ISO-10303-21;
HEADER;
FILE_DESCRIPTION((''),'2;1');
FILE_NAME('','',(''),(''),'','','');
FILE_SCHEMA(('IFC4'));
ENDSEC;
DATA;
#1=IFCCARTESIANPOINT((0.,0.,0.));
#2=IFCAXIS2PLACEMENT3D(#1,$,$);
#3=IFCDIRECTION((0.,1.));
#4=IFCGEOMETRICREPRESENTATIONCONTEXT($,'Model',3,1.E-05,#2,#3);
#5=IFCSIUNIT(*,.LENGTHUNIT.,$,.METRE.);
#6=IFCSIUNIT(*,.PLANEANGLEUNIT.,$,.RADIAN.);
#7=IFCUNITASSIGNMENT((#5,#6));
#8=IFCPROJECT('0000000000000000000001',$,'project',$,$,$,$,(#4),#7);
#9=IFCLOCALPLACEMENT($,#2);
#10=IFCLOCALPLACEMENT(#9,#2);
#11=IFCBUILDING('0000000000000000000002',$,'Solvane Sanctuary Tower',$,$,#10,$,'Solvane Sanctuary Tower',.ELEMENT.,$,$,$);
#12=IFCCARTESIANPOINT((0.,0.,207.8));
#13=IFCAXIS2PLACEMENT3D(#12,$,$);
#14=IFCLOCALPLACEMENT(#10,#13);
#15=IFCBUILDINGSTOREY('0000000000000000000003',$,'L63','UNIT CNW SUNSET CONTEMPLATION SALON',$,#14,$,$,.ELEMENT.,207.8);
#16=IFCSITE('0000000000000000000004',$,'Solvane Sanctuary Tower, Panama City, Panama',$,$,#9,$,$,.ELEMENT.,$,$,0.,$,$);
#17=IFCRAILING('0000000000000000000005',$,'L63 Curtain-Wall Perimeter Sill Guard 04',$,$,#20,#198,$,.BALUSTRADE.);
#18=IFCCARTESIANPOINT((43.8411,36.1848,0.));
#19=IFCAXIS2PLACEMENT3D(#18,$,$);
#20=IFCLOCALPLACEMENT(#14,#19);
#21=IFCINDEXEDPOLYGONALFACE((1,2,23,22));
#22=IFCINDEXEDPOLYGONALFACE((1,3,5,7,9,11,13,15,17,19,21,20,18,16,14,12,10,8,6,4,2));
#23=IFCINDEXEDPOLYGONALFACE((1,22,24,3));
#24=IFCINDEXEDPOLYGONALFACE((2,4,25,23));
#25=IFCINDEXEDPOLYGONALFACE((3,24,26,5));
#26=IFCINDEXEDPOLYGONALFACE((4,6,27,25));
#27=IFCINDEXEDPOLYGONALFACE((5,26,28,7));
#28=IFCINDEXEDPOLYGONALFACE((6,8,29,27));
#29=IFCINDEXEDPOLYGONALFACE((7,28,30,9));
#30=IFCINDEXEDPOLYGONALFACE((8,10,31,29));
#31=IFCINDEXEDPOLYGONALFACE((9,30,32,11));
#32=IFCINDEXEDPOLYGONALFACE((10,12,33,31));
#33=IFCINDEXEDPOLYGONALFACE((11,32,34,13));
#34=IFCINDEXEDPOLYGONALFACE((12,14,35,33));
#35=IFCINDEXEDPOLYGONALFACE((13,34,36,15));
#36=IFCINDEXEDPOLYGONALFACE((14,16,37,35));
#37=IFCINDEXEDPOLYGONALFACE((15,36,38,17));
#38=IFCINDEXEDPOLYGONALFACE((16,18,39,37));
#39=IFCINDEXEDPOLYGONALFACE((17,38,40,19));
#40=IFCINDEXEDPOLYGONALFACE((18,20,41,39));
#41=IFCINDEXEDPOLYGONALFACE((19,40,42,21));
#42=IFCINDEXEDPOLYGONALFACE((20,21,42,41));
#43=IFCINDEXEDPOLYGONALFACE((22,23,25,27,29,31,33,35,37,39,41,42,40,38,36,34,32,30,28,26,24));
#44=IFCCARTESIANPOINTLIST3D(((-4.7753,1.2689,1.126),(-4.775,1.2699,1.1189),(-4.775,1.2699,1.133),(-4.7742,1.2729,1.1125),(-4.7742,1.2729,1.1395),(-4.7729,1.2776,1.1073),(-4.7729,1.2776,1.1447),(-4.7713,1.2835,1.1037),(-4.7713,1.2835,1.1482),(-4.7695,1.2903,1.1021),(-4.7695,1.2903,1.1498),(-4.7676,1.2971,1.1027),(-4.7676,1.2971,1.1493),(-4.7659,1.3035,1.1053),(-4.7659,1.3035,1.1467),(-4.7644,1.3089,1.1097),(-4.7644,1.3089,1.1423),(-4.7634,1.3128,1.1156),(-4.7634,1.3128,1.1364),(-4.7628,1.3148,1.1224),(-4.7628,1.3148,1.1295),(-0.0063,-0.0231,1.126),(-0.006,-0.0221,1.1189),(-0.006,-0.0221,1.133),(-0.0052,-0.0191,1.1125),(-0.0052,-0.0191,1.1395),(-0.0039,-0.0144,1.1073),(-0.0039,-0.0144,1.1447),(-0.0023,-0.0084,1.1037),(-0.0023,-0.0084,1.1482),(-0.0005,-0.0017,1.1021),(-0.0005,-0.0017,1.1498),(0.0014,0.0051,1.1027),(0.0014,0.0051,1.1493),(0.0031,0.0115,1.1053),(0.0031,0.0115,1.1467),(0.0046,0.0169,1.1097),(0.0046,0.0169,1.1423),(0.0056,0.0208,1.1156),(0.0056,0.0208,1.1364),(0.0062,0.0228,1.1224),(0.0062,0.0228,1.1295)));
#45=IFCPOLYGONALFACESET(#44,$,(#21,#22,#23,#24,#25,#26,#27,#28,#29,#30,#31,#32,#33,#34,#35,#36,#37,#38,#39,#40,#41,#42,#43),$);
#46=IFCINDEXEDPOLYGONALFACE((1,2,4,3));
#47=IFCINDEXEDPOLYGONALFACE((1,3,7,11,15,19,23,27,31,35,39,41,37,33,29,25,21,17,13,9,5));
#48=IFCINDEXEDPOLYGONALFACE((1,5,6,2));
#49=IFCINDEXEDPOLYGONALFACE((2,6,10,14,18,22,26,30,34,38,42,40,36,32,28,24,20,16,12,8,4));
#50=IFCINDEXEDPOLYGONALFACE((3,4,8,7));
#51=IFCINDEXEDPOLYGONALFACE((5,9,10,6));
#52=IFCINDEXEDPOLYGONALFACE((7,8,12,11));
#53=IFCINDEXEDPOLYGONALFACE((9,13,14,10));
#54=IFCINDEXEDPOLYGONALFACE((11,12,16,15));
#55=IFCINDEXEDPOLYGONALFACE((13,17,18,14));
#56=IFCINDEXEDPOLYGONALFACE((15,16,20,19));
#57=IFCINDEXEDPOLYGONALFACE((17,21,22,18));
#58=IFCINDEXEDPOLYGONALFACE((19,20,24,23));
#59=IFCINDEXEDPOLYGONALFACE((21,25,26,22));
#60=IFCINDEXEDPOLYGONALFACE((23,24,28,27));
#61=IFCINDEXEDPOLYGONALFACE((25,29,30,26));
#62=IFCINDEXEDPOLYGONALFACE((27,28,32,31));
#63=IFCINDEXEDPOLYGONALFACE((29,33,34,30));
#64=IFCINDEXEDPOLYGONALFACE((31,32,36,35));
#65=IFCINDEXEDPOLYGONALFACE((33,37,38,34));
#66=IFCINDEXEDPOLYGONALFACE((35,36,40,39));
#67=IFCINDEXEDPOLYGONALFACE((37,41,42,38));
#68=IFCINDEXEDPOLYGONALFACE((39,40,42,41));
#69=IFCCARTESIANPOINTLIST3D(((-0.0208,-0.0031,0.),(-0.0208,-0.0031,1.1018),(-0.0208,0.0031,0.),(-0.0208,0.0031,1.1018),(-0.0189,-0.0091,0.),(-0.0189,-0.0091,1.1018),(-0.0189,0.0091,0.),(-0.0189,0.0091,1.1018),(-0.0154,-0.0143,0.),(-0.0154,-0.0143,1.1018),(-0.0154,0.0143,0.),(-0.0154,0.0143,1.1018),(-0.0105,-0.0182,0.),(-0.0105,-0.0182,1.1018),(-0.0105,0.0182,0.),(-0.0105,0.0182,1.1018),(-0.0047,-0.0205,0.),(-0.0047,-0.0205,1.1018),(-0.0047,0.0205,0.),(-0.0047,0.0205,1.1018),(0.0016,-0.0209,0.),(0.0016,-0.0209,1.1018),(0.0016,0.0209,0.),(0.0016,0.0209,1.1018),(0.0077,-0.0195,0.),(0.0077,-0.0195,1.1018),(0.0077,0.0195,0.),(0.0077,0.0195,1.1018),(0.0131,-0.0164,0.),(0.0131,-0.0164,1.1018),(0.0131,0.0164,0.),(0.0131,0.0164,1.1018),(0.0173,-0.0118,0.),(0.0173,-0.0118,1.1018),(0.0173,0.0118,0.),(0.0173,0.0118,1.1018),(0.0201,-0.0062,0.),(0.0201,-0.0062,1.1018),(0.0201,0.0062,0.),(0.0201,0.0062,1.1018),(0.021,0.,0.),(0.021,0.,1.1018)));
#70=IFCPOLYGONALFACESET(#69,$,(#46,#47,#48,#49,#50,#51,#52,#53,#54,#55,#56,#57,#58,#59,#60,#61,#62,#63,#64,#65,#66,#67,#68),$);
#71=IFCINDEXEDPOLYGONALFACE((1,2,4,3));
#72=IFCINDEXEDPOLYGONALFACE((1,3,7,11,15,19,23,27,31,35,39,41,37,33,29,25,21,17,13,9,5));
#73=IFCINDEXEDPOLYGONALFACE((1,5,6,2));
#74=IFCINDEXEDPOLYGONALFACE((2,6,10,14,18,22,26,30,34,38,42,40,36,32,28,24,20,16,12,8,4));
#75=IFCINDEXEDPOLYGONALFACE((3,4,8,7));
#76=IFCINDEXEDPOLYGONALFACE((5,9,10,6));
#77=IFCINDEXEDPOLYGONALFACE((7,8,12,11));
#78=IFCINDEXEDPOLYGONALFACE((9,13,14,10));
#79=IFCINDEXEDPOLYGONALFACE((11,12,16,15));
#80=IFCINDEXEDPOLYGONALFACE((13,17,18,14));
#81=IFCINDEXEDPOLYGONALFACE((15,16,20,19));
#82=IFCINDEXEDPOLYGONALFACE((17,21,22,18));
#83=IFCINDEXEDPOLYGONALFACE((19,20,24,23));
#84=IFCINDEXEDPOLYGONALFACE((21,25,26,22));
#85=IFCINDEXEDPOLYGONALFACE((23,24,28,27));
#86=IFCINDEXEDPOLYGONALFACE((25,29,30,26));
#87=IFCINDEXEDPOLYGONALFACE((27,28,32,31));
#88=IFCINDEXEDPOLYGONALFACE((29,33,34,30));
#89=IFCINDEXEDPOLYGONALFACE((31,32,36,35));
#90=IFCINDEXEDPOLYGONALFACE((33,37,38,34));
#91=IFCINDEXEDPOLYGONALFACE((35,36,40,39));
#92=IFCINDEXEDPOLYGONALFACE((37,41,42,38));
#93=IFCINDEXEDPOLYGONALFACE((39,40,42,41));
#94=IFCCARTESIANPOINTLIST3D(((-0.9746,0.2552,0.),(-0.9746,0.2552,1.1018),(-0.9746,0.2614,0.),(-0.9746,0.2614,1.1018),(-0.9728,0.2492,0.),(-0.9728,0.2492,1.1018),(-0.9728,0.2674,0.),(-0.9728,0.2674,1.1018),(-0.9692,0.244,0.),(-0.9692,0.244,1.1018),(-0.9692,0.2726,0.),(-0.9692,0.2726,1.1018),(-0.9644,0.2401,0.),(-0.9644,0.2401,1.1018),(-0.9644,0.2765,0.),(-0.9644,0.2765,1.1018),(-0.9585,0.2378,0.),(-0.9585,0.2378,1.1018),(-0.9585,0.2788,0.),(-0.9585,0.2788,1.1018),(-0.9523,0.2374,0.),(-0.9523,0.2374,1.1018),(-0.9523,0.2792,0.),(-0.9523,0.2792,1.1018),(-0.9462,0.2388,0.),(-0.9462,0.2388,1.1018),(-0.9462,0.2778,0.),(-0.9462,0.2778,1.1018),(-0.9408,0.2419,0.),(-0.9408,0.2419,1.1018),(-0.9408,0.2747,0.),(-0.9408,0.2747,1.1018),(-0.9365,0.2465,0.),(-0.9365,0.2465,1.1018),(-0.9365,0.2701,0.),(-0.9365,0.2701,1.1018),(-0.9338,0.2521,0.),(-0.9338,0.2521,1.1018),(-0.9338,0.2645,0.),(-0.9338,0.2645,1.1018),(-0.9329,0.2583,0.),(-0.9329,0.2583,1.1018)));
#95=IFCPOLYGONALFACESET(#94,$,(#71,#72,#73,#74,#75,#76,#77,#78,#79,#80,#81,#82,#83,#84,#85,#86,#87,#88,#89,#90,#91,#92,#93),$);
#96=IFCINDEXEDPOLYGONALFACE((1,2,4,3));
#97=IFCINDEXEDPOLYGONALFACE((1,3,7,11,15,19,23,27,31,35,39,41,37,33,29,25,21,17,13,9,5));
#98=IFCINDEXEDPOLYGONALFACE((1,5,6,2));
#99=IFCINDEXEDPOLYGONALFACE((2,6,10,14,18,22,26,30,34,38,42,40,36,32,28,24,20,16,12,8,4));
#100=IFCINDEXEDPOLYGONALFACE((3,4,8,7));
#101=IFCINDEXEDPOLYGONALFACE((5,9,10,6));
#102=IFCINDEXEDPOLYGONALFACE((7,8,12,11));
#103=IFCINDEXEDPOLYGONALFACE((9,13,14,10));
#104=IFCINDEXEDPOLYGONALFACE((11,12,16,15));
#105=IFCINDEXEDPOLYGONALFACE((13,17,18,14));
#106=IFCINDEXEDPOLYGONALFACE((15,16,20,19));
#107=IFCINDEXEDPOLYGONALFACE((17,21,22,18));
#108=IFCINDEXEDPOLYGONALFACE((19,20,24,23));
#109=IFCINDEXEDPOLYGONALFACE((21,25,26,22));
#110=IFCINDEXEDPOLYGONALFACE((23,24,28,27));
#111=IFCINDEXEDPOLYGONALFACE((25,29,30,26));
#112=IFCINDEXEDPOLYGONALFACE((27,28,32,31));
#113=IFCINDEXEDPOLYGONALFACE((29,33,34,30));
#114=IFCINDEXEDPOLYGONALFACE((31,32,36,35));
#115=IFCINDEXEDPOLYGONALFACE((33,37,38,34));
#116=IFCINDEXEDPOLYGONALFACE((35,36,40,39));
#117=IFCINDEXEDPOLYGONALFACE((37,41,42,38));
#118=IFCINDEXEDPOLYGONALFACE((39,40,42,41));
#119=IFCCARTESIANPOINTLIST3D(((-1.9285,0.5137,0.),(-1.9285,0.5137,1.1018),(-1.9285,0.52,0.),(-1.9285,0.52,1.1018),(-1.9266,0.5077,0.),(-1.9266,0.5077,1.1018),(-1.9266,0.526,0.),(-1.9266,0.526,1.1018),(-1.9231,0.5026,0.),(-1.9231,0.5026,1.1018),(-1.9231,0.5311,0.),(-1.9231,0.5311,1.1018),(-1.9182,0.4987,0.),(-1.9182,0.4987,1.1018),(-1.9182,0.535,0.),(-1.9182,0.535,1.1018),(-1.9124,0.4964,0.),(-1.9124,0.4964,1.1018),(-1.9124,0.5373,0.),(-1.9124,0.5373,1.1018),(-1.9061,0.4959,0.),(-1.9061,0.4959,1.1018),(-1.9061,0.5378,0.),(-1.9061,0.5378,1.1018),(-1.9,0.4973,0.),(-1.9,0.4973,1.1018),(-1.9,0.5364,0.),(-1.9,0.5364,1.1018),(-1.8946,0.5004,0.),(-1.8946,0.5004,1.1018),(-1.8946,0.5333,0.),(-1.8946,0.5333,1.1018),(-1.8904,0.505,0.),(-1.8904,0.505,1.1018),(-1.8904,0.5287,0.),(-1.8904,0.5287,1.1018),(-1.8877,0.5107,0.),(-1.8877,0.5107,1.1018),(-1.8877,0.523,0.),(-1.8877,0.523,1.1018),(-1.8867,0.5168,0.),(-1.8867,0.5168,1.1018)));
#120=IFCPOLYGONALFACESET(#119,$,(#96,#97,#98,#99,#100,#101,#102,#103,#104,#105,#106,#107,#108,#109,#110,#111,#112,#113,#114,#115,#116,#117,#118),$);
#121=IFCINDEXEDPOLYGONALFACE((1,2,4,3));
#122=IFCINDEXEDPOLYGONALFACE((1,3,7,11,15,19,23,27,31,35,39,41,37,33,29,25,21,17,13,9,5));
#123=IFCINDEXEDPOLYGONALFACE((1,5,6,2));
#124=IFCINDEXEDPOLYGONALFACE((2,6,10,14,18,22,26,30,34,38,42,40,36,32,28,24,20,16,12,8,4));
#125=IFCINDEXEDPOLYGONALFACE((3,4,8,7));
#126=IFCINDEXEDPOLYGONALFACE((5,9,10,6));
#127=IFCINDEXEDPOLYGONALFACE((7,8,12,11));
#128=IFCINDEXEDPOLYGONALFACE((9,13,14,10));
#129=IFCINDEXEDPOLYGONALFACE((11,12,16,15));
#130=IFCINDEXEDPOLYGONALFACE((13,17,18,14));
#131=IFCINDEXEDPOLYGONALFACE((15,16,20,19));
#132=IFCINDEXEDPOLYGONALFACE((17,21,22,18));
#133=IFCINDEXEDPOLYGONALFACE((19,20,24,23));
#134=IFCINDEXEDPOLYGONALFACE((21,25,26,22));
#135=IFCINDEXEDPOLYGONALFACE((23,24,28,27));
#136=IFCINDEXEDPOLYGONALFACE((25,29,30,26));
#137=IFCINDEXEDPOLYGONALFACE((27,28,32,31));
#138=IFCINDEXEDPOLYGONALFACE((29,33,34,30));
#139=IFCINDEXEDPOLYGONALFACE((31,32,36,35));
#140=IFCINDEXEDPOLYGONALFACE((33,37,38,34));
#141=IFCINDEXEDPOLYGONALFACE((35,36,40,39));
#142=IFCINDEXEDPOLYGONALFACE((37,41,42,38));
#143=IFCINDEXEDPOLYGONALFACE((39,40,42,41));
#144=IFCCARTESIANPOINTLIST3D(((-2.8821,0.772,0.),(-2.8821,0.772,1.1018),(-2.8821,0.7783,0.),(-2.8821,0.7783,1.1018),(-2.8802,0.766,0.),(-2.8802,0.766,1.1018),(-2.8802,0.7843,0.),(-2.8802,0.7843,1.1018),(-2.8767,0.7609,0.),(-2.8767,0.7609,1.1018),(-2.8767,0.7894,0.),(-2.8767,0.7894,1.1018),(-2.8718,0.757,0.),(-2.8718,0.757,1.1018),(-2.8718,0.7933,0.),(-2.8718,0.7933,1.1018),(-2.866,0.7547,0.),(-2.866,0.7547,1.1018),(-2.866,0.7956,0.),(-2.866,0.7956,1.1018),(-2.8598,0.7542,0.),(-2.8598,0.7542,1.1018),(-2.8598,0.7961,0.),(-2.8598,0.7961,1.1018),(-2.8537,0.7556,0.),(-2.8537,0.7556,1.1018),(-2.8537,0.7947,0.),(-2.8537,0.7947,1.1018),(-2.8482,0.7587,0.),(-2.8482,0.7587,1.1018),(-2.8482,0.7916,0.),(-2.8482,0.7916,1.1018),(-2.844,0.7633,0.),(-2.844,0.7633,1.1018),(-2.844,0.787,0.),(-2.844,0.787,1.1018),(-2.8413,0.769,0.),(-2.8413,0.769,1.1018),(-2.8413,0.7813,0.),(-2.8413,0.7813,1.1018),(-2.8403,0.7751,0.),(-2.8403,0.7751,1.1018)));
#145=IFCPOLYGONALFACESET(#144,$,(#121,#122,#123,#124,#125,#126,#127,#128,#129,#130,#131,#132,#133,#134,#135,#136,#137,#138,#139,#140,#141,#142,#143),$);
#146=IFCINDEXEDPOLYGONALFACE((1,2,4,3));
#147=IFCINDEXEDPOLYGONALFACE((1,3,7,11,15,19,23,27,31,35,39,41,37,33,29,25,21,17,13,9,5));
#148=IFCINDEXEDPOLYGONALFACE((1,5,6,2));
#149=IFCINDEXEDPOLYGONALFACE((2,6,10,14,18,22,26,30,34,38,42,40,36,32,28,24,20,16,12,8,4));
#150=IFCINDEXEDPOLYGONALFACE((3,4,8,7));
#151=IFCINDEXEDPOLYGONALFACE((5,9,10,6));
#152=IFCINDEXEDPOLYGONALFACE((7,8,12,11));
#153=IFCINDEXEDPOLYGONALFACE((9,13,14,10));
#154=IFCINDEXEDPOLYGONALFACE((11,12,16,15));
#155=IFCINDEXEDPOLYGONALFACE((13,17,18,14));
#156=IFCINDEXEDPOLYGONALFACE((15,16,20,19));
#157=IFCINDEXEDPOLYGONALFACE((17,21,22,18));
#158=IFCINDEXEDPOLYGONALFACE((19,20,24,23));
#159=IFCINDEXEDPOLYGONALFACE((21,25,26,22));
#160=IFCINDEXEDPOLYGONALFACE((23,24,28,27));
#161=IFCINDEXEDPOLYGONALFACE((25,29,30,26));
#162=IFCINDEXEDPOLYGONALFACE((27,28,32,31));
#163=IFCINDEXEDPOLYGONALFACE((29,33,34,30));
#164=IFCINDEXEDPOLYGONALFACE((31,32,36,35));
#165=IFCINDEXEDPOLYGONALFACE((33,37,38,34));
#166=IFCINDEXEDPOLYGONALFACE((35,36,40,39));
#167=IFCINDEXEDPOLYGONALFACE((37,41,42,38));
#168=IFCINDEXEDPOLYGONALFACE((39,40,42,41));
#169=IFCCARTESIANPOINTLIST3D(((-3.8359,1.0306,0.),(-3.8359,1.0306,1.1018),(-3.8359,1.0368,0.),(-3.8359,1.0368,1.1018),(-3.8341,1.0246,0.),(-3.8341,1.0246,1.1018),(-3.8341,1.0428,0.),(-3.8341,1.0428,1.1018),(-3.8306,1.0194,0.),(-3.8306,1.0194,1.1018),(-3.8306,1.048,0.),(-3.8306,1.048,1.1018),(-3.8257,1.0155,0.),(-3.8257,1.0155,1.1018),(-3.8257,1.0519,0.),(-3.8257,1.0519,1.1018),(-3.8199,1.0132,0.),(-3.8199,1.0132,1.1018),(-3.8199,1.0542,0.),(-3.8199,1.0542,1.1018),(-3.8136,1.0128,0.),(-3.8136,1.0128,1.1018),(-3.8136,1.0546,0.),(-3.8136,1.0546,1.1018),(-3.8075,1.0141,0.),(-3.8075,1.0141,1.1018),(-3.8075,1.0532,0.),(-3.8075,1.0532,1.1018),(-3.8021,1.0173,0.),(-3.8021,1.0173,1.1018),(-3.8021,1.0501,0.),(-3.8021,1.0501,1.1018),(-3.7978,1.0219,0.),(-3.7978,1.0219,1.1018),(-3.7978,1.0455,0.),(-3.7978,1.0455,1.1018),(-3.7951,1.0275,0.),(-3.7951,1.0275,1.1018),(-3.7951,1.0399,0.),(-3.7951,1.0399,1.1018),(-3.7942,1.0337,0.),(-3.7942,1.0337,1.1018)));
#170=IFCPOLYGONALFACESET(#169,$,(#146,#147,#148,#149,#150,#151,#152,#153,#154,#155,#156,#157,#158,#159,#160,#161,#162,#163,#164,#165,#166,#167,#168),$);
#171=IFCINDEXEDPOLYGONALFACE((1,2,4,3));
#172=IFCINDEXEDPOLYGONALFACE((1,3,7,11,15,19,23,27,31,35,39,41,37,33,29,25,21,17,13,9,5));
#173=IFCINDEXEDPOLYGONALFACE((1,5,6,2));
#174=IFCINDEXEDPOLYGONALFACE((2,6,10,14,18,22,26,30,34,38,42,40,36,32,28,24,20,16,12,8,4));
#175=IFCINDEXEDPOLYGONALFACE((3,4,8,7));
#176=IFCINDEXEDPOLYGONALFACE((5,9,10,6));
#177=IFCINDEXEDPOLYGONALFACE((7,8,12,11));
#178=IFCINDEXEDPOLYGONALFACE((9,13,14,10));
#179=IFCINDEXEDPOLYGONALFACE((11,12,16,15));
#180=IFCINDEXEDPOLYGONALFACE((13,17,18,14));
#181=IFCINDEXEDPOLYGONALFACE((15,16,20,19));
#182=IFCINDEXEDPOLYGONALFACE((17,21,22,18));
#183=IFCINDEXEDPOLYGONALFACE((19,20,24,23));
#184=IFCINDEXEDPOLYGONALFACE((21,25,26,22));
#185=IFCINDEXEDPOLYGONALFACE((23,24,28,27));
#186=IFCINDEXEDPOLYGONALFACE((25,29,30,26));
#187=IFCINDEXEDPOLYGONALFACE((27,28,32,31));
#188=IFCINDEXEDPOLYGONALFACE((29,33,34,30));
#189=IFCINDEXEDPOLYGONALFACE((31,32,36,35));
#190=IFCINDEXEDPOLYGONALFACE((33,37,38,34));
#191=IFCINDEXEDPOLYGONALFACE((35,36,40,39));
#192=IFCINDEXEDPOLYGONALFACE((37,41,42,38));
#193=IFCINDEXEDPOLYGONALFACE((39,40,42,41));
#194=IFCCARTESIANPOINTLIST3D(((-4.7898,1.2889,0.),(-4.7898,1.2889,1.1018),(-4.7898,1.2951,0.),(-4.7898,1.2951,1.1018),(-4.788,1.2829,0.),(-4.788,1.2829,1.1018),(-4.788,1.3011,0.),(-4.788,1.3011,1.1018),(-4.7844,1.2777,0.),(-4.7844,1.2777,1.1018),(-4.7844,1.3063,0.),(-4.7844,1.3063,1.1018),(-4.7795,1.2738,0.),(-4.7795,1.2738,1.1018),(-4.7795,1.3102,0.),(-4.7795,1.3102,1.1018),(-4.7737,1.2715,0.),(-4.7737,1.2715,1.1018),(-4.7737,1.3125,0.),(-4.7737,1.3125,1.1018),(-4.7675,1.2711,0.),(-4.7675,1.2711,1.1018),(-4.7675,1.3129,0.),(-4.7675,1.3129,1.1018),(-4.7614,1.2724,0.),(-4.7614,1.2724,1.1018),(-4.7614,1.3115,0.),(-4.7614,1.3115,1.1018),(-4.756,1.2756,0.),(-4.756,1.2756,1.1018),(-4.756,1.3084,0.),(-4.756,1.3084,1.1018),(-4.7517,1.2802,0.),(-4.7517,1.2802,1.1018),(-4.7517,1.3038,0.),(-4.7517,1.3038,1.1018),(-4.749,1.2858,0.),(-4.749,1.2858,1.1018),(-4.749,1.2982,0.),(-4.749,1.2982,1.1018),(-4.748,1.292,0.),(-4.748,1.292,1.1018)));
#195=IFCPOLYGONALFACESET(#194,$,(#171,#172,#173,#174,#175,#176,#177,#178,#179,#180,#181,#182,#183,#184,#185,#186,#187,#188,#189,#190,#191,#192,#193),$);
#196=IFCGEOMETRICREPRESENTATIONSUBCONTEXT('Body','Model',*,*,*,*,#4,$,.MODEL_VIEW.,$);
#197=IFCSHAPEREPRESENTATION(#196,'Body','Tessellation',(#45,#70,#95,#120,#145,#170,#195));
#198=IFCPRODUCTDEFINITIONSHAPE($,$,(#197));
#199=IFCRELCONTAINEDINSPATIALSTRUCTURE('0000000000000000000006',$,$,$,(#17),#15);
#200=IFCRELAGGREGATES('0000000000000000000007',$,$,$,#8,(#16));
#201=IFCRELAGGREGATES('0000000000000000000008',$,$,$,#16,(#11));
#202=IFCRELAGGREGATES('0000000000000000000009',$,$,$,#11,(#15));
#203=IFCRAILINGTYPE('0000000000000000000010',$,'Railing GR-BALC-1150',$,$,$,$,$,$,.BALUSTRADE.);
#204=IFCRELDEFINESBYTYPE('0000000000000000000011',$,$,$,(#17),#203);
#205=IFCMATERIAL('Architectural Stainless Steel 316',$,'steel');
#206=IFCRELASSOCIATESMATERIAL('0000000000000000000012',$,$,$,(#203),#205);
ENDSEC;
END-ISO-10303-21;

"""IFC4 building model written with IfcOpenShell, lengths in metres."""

from ifc_helpers import new_model, si_unit, direction, frame, origin, origin_2d, place, context, subcontext, project, spatial, circle, extrude, material, type_object, element, save


model = new_model("IFC4")

# Units and contexts
model_context = context("Model", 3, precision=1e-05, world=origin(), true_north=direction((0.0, 1.0)))
body_context = subcontext(model_context, "Body", "Model", "MODEL_VIEW")
ifc_project = project(units=[si_unit("LENGTHUNIT", "METRE"), si_unit("PLANEANGLEUNIT", "RADIAN")], contexts=[model_context])

# Site, building, storey
site_placement = place(None, origin())
site = spatial("IfcSite", under=ifc_project, at=site_placement, Name="Solvane Sanctuary Tower, Panama City, Panama", CompositionType="ELEMENT", RefElevation=0.0)
building_placement = place(site_placement, origin())
building = spatial("IfcBuilding", under=site, at=building_placement, Name="Solvane Sanctuary Tower", LongName="Solvane Sanctuary Tower", CompositionType="ELEMENT")
storey_placement = place(building_placement, frame((0.0, 0.0, 207.8)))
storey = spatial("IfcBuildingStorey", under=building, at=storey_placement, Name="L63", Description="UNIT CNW SUNSET CONTEMPLATION SALON", CompositionType="ELEMENT", Elevation=207.8)

# Shared definitions
ifc_material_1 = material(Name="Architectural Stainless Steel 316", Category="steel")

# Railing
railing_type = type_object("IfcRailingType", Name="Railing GR-BALC-1150", PredefinedType="BALUSTRADE", material=ifc_material_1)
railing_placement = place(storey_placement, frame((43.8411, 36.1848, 0.0)))
element("IfcRailing", 1, at=railing_placement, inside=storey, type_object=railing_type, Name="L63 Curtain-Wall Perimeter Sill Guard 04", PredefinedType="BALUSTRADE", context=body_context, shape_type="SweptSolid", body=[
    extrude(circle(Radius=0.0239, at=origin_2d()), frame((0.0, 0.0, 1.126), z_axis=(-0.965207, 0.261486, 0.0), x_axis=(-0.261486, -0.965207, 0.0)), (0.0, 0.0, 1.0), 4.9409),
    extrude(circle(Radius=0.021, at=origin_2d()), origin(), (0.0, 0.0, 1.0), 1.1018),
    extrude(circle(Radius=0.021, at=origin_2d()), frame((-0.9539, 0.2583, 0.0)), (0.0, 0.0, 1.0), 1.1018),
    extrude(circle(Radius=0.021, at=origin_2d()), frame((-1.9077, 0.5168, 0.0)), (0.0, 0.0, 1.0), 1.1018),
    extrude(circle(Radius=0.021, at=origin_2d()), frame((-2.8613, 0.7751, 0.0)), (0.0, 0.0, 1.0), 1.1018),
    extrude(circle(Radius=0.021, at=origin_2d()), frame((-3.8152, 1.0337, 0.0)), (0.0, 0.0, 1.0), 1.1018),
    extrude(circle(Radius=0.021, at=origin_2d()), frame((-4.769, 1.292, 0.0)), (0.0, 0.0, 1.0), 1.1018),
])

save(model, "model.ifc")
